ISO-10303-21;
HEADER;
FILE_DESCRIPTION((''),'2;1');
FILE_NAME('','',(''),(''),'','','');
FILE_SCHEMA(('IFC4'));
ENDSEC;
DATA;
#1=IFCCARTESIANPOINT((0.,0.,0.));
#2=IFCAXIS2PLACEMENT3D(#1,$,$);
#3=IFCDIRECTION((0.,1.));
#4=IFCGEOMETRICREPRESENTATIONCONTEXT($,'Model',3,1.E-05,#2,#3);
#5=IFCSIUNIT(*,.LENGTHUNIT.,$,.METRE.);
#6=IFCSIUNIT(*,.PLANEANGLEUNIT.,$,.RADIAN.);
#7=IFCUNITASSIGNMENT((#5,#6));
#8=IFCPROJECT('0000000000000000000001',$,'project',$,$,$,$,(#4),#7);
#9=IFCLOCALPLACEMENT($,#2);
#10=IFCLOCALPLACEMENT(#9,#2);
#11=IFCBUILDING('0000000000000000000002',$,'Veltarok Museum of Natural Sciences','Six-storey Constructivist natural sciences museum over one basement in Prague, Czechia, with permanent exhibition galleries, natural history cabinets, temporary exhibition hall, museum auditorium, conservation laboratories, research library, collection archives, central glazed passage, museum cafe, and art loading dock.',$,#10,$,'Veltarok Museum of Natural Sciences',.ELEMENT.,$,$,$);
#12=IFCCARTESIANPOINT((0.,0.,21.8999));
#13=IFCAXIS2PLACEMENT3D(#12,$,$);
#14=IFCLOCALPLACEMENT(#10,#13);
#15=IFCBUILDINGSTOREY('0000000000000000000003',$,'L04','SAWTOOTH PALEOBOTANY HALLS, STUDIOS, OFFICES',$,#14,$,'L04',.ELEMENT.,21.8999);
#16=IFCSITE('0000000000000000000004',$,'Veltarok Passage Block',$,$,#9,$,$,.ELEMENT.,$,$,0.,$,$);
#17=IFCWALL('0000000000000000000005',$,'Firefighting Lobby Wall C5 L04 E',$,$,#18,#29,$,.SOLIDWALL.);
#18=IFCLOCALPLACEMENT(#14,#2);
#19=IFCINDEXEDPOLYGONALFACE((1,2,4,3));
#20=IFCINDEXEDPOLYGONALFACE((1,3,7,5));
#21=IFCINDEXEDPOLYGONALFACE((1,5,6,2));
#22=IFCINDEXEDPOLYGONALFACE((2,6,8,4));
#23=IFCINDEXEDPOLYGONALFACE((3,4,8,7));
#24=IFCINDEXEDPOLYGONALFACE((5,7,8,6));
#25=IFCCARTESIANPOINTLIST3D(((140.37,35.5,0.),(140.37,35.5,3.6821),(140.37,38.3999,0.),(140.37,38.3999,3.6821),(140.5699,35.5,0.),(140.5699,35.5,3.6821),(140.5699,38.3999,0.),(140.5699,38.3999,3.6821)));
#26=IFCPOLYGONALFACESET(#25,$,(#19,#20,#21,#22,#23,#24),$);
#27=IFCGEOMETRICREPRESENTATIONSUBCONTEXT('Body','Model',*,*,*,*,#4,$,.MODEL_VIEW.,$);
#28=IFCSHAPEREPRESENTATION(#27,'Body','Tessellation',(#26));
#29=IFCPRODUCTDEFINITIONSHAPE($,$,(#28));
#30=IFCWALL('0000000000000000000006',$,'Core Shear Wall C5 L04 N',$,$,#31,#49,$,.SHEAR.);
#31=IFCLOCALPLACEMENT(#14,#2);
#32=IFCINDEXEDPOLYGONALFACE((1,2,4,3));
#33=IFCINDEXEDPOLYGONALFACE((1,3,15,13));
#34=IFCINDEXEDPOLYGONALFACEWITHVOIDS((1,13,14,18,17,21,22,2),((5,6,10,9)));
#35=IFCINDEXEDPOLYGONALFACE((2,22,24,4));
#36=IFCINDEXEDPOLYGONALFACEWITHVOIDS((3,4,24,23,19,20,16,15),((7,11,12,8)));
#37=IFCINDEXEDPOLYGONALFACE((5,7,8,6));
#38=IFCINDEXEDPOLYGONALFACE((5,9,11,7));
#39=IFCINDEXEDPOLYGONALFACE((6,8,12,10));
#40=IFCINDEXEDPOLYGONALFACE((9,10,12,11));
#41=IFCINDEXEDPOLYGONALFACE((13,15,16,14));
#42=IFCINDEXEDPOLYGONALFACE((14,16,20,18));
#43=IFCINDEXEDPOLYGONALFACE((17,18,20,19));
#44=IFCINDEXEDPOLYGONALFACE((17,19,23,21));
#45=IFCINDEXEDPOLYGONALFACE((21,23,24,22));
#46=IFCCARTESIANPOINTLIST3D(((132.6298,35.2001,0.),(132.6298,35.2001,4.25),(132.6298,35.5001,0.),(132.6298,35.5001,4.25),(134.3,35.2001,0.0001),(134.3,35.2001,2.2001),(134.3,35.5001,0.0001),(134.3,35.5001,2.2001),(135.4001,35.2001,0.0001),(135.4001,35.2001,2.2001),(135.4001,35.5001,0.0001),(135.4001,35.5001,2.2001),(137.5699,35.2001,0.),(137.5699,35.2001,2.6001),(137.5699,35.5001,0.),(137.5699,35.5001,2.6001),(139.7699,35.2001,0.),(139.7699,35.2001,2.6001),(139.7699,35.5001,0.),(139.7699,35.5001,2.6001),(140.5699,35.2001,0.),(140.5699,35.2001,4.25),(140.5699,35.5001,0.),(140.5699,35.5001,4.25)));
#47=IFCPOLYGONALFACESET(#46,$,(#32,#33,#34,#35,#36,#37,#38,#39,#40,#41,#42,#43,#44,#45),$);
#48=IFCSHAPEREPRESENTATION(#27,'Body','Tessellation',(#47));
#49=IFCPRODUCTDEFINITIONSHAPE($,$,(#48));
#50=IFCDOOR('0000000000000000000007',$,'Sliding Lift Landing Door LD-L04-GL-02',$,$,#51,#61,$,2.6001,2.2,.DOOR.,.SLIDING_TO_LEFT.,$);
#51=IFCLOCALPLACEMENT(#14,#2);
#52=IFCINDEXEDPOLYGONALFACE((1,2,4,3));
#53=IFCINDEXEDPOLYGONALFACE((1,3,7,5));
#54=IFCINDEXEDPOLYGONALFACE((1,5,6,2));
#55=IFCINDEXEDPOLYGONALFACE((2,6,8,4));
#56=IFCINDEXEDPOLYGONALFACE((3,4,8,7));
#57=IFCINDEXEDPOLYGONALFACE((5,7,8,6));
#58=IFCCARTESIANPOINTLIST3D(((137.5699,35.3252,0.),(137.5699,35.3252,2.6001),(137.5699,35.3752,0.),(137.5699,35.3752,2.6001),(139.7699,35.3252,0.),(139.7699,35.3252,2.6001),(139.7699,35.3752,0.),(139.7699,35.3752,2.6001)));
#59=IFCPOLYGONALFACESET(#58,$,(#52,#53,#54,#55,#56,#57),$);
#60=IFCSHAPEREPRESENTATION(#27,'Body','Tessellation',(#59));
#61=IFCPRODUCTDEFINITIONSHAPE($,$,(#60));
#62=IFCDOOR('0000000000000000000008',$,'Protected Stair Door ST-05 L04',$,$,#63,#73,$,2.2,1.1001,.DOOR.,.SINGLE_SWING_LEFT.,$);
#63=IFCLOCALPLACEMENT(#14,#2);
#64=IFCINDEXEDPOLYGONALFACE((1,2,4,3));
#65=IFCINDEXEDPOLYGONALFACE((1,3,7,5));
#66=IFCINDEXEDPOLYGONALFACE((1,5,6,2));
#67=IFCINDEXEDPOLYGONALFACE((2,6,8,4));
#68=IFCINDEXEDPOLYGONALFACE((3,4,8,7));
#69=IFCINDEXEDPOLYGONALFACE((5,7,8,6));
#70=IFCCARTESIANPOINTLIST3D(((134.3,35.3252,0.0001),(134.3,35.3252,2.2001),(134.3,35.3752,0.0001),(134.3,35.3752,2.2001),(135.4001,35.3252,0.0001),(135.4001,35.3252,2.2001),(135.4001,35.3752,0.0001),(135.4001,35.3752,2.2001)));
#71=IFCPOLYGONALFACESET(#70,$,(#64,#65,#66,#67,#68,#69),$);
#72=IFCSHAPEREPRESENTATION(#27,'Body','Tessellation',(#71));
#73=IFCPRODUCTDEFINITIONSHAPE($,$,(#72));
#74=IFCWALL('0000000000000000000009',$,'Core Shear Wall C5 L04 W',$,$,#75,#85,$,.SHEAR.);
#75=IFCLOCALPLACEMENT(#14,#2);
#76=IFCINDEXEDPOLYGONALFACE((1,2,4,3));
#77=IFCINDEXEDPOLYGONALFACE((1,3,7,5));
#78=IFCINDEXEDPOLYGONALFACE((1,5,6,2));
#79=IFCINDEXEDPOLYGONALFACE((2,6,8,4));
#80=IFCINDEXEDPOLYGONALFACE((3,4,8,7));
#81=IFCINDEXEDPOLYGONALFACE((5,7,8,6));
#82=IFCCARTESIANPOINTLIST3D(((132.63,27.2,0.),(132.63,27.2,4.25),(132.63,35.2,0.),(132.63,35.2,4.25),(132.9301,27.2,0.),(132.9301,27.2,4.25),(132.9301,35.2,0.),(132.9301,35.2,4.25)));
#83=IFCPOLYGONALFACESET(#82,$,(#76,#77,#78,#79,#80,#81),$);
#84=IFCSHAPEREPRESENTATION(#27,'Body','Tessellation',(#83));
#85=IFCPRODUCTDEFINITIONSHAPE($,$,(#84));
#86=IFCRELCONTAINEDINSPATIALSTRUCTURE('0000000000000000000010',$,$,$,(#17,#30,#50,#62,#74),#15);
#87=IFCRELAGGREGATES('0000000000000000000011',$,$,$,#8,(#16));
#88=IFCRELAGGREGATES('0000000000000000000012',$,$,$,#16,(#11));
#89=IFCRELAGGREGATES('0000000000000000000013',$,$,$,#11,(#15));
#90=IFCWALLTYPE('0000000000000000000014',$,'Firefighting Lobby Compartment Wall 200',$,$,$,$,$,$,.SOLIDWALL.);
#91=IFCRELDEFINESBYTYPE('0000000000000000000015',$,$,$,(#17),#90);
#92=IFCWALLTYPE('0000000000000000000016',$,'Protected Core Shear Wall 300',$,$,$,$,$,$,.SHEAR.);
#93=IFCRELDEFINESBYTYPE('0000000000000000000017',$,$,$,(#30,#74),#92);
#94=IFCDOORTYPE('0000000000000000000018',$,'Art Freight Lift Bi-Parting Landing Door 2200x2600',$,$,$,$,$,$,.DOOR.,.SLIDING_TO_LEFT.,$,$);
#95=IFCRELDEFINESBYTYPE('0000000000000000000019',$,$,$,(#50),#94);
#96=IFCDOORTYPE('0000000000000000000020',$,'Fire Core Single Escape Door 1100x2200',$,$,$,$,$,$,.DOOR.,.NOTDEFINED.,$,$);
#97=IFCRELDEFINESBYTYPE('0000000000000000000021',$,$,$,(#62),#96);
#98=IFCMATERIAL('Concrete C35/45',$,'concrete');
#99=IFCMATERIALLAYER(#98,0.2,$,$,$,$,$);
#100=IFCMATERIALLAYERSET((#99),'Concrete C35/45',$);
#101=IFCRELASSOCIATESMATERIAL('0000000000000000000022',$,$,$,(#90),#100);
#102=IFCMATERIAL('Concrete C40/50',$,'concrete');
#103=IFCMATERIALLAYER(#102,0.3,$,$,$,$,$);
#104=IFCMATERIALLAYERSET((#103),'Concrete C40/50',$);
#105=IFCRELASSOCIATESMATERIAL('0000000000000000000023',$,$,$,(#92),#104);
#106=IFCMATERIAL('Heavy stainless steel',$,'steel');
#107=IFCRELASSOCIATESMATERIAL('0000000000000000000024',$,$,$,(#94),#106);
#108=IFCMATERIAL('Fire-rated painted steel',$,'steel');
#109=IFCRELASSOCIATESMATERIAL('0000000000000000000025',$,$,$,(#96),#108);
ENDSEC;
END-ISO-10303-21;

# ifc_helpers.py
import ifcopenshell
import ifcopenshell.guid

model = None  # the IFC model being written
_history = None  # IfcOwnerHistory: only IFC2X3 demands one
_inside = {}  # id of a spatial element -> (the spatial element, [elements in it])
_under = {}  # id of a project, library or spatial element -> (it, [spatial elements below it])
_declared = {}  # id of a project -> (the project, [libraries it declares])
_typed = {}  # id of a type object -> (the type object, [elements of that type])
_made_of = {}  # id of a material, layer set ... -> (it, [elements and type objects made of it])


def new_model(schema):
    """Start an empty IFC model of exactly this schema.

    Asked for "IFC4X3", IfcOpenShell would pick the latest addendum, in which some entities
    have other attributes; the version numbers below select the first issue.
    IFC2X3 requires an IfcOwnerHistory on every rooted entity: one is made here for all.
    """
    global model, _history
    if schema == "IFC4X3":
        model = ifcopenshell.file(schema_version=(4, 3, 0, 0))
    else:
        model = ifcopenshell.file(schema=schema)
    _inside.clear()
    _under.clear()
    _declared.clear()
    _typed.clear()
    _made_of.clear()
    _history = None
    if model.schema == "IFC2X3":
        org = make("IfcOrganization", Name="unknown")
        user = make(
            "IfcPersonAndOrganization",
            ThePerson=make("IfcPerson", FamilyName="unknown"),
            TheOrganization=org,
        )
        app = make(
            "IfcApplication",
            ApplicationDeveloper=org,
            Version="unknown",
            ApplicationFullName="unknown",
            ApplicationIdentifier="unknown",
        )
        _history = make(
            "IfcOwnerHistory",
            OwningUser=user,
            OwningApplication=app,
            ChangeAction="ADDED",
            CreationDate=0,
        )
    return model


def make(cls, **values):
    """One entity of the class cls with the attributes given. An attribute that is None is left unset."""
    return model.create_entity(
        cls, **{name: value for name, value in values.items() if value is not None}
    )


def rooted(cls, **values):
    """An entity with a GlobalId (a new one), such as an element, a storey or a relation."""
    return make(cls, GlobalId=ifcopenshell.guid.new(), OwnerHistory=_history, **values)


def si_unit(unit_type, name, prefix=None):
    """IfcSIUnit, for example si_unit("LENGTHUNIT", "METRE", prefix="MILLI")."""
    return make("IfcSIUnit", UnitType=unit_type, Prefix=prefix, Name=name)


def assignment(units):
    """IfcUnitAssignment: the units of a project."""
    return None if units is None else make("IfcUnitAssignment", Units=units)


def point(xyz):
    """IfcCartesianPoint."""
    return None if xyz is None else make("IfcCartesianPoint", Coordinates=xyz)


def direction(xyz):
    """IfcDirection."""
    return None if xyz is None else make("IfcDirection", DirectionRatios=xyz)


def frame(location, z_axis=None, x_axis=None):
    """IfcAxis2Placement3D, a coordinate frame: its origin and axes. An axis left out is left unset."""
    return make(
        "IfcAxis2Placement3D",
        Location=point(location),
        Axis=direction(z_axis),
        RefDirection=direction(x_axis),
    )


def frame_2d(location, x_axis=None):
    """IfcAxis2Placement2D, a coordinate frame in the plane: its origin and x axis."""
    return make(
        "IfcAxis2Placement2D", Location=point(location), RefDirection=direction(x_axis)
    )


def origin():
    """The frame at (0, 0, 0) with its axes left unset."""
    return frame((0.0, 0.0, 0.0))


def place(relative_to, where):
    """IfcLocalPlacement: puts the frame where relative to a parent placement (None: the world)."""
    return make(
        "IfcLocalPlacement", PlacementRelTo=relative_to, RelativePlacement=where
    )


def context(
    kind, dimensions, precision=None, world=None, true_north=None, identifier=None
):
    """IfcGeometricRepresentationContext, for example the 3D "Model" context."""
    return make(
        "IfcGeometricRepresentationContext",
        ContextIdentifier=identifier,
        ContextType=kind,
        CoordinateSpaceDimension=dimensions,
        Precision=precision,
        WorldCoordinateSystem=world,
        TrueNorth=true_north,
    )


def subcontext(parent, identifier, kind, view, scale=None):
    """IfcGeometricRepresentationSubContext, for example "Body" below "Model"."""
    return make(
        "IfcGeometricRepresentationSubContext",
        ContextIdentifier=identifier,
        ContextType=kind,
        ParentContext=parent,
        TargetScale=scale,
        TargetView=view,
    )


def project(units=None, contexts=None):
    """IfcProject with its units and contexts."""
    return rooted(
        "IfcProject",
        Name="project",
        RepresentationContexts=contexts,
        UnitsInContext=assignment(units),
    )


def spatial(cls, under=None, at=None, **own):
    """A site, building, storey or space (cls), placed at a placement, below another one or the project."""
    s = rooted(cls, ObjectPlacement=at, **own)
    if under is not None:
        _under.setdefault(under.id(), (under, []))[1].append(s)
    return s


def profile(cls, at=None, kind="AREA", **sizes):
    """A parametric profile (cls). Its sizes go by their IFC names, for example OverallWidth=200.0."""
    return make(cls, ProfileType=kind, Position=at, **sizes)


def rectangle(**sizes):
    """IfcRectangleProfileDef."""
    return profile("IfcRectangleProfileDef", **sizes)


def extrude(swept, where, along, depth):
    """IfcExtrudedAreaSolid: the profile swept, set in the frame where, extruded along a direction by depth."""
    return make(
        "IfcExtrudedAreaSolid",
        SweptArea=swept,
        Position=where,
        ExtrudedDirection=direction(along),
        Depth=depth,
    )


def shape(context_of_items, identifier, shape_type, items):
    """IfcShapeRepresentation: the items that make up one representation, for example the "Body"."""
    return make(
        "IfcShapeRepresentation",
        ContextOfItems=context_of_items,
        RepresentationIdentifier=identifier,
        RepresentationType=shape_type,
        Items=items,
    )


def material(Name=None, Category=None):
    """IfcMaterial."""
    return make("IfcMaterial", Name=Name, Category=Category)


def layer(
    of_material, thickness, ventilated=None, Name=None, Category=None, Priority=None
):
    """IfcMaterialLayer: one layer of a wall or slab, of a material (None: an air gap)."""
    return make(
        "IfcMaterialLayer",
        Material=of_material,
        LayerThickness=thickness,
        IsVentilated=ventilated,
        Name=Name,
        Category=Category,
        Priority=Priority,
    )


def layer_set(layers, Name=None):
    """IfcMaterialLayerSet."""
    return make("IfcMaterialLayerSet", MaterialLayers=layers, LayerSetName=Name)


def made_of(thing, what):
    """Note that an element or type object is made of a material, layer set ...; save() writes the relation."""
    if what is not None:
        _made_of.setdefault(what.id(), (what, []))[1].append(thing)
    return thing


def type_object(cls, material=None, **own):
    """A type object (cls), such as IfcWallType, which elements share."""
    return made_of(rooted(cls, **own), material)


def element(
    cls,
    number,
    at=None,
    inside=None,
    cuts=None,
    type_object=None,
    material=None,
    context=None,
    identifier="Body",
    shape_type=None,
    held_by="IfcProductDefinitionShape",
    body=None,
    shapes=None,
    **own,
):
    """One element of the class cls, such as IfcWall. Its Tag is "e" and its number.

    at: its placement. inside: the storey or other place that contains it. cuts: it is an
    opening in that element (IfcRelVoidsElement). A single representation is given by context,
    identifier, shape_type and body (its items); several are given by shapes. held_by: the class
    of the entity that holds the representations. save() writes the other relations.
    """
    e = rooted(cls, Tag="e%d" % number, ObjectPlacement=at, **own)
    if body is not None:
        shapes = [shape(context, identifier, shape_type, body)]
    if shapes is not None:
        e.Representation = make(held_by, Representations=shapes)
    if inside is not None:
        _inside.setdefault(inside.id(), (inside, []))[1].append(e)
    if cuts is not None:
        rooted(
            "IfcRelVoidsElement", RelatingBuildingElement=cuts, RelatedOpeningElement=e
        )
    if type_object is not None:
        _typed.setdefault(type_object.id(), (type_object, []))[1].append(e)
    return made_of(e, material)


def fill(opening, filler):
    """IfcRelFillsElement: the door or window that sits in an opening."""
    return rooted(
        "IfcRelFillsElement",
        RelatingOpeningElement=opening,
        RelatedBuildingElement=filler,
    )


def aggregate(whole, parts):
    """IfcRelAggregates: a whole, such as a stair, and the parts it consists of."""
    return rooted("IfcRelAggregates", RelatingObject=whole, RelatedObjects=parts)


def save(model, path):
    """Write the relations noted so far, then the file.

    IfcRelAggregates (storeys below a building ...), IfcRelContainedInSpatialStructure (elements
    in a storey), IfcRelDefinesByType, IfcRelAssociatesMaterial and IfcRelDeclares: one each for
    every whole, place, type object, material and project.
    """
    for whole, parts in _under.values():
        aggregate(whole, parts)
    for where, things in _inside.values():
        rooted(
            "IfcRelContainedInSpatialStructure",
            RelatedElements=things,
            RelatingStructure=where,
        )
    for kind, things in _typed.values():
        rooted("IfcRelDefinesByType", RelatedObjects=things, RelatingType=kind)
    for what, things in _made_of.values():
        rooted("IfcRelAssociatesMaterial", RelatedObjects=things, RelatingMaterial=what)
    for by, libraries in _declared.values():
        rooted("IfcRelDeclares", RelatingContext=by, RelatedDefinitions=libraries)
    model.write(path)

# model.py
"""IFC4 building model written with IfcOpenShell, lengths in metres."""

from ifc_helpers import new_model, si_unit, direction, frame, frame_2d, origin, place, context, subcontext, project, spatial, rectangle, extrude, material, layer, layer_set, type_object, element, fill, save


model = new_model("IFC4")

# Units and contexts
model_context = context("Model", 3, precision=1e-05, world=origin(), true_north=direction((0.0, 1.0)))
body_context = subcontext(model_context, "Body", "Model", "MODEL_VIEW")
ifc_project = project(units=[si_unit("LENGTHUNIT", "METRE"), si_unit("PLANEANGLEUNIT", "RADIAN")], contexts=[model_context])

# Site, building, storey
site_placement = place(None, origin())
site = spatial("IfcSite", under=ifc_project, at=site_placement, Name="Veltarok Passage Block", CompositionType="ELEMENT", RefElevation=0.0)
building_placement = place(site_placement, origin())
building = spatial("IfcBuilding", under=site, at=building_placement, Name="Veltarok Museum of Natural Sciences", Description="Six-storey Constructivist natural sciences museum over one basement in Prague, Czechia, with permanent exhibition galleries, natural history cabinets, temporary exhibition hall, museum auditorium, conservation laboratories, research library, collection archives, central glazed passage, museum cafe, and art loading dock.", LongName="Veltarok Museum of Natural Sciences", CompositionType="ELEMENT")
storey_placement = place(building_placement, frame((0.0, 0.0, 21.8999)))
storey = spatial("IfcBuildingStorey", under=building, at=storey_placement, Name="L04", Description="SAWTOOTH PALEOBOTANY HALLS, STUDIOS, OFFICES", LongName="L04", CompositionType="ELEMENT", Elevation=21.8999)

# Shared definitions
ifc_material_1 = material(Name="Concrete C40/50", Category="concrete")

# Shared definitions
ifc_material_2 = material(Name="Concrete C35/45", Category="concrete")
ifc_layer_1 = layer(ifc_material_2, 0.2)
ifc_layer_set_1 = layer_set([ifc_layer_1], Name="Concrete C35/45")
wall_type_1 = type_object("IfcWallType", Name="Firefighting Lobby Compartment Wall 200", PredefinedType="SOLIDWALL", material=ifc_layer_set_1)

# Wall
wall_1_placement = place(storey_placement, frame((140.47, 38.3999, 0.0), z_axis=(0.0, 0.0, 1.0), x_axis=(0.0, -1.0, 0.0)))
element("IfcWall", 1, at=wall_1_placement, inside=storey, type_object=wall_type_1, Name="Firefighting Lobby Wall C5 L04 E", PredefinedType="SOLIDWALL", context=body_context, shape_type="SweptSolid", body=[
    extrude(rectangle(XDim=2.8999, YDim=0.2, at=frame_2d((1.45, 0.0))), origin(), (0.0, 0.0, 1.0), 3.6821),
])

# Wall, openings, doors
ifc_layer_2 = layer(ifc_material_1, 0.3)
ifc_layer_set_2 = layer_set([ifc_layer_2], Name="Concrete C40/50")
wall_type_2 = type_object("IfcWallType", Name="Protected Core Shear Wall 300", PredefinedType="SHEAR", material=ifc_layer_set_2)
wall_2_placement = place(storey_placement, frame((140.5701, 35.3501, 0.0), z_axis=(0.0, 0.0, 1.0), x_axis=(-1.0, 0.0, 0.0)))
wall_2 = element("IfcWall", 2, at=wall_2_placement, inside=storey, type_object=wall_type_2, Name="Core Shear Wall C5 L04 N", PredefinedType="SHEAR", context=body_context, shape_type="SweptSolid", body=[
    extrude(rectangle(XDim=7.9402, YDim=0.3, at=frame_2d((3.9702, 0.0))), origin(), (0.0, 0.0, 1.0), 4.25),
])
opening_1_placement = place(wall_2_placement, frame((5.1699, 0.0, 0.0)))
opening_1 = element("IfcOpeningElement", 3, at=opening_1_placement, cuts=wall_2, PredefinedType="OPENING", context=body_context, shape_type="SweptSolid", body=[
    extrude(rectangle(XDim=1.1001, YDim=2.2, at=frame_2d((0.55, 1.1001))), frame((0.0, 0.1602, 0.0), z_axis=(0.0, -1.0, 0.0), x_axis=(1.0, 0.0, 0.0)), (0.0, 0.0, 1.0), 0.3201),
])
opening_2_placement = place(wall_2_placement, frame((0.8, 0.0, 0.0)))
opening_2 = element("IfcOpeningElement", 4, at=opening_2_placement, cuts=wall_2, PredefinedType="OPENING", context=body_context, shape_type="SweptSolid", body=[
    extrude(rectangle(XDim=2.2, YDim=2.6001, at=frame_2d((1.1001, 1.3))), frame((0.0, 0.1602, 0.0), z_axis=(0.0, -1.0, 0.0), x_axis=(1.0, 0.0, 0.0)), (0.0, 0.0, 1.0), 0.3201),
])
ifc_material_3 = material(Name="Heavy stainless steel", Category="steel")
door_type_1 = type_object("IfcDoorType", Name="Art Freight Lift Bi-Parting Landing Door 2200x2600", OperationType="SLIDING_TO_LEFT", PredefinedType="DOOR", material=ifc_material_3)
door_1_placement = place(opening_2_placement, origin())
door_1 = element("IfcDoor", 5, at=door_1_placement, inside=storey, type_object=door_type_1, Name="Sliding Lift Landing Door LD-L04-GL-02", OperationType="SLIDING_TO_LEFT", OverallHeight=2.6001, OverallWidth=2.2, PredefinedType="DOOR", context=body_context, shape_type="SweptSolid", body=[
    extrude(rectangle(XDim=2.2, YDim=2.6001, at=frame_2d((1.1001, 1.3))), frame((0.0, 0.0249, 0.0), z_axis=(0.0, -1.0, 0.0), x_axis=(1.0, 0.0, 0.0)), (0.0, 0.0, 1.0), 0.05),
])
fill(opening_2, door_1)
ifc_material_4 = material(Name="Fire-rated painted steel", Category="steel")
door_type_2 = type_object("IfcDoorType", Name="Fire Core Single Escape Door 1100x2200", OperationType="NOTDEFINED", PredefinedType="DOOR", material=ifc_material_4)
door_2_placement = place(opening_1_placement, origin())
door_2 = element("IfcDoor", 6, at=door_2_placement, inside=storey, type_object=door_type_2, Name="Protected Stair Door ST-05 L04", OperationType="SINGLE_SWING_LEFT", OverallHeight=2.2, OverallWidth=1.1001, PredefinedType="DOOR", context=body_context, shape_type="SweptSolid", body=[
    extrude(rectangle(XDim=1.1001, YDim=2.2, at=frame_2d((0.55, 1.1001))), frame((0.0, 0.0249, 0.0), z_axis=(0.0, -1.0, 0.0), x_axis=(1.0, 0.0, 0.0)), (0.0, 0.0, 1.0), 0.05),
])
fill(opening_1, door_2)

# Wall
wall_3_placement = place(storey_placement, frame((132.78, 35.2, 0.0), z_axis=(0.0, 0.0, 1.0), x_axis=(0.0, -1.0, 0.0)))
element("IfcWall", 7, at=wall_3_placement, inside=storey, type_object=wall_type_2, Name="Core Shear Wall C5 L04 W", PredefinedType="SHEAR", context=body_context, shape_type="SweptSolid", body=[
    extrude(rectangle(XDim=8.0, YDim=0.3, at=frame_2d((4.0, 0.0))), origin(), (0.0, 0.0, 1.0), 4.25),
])

save(model, "model.ifc")
